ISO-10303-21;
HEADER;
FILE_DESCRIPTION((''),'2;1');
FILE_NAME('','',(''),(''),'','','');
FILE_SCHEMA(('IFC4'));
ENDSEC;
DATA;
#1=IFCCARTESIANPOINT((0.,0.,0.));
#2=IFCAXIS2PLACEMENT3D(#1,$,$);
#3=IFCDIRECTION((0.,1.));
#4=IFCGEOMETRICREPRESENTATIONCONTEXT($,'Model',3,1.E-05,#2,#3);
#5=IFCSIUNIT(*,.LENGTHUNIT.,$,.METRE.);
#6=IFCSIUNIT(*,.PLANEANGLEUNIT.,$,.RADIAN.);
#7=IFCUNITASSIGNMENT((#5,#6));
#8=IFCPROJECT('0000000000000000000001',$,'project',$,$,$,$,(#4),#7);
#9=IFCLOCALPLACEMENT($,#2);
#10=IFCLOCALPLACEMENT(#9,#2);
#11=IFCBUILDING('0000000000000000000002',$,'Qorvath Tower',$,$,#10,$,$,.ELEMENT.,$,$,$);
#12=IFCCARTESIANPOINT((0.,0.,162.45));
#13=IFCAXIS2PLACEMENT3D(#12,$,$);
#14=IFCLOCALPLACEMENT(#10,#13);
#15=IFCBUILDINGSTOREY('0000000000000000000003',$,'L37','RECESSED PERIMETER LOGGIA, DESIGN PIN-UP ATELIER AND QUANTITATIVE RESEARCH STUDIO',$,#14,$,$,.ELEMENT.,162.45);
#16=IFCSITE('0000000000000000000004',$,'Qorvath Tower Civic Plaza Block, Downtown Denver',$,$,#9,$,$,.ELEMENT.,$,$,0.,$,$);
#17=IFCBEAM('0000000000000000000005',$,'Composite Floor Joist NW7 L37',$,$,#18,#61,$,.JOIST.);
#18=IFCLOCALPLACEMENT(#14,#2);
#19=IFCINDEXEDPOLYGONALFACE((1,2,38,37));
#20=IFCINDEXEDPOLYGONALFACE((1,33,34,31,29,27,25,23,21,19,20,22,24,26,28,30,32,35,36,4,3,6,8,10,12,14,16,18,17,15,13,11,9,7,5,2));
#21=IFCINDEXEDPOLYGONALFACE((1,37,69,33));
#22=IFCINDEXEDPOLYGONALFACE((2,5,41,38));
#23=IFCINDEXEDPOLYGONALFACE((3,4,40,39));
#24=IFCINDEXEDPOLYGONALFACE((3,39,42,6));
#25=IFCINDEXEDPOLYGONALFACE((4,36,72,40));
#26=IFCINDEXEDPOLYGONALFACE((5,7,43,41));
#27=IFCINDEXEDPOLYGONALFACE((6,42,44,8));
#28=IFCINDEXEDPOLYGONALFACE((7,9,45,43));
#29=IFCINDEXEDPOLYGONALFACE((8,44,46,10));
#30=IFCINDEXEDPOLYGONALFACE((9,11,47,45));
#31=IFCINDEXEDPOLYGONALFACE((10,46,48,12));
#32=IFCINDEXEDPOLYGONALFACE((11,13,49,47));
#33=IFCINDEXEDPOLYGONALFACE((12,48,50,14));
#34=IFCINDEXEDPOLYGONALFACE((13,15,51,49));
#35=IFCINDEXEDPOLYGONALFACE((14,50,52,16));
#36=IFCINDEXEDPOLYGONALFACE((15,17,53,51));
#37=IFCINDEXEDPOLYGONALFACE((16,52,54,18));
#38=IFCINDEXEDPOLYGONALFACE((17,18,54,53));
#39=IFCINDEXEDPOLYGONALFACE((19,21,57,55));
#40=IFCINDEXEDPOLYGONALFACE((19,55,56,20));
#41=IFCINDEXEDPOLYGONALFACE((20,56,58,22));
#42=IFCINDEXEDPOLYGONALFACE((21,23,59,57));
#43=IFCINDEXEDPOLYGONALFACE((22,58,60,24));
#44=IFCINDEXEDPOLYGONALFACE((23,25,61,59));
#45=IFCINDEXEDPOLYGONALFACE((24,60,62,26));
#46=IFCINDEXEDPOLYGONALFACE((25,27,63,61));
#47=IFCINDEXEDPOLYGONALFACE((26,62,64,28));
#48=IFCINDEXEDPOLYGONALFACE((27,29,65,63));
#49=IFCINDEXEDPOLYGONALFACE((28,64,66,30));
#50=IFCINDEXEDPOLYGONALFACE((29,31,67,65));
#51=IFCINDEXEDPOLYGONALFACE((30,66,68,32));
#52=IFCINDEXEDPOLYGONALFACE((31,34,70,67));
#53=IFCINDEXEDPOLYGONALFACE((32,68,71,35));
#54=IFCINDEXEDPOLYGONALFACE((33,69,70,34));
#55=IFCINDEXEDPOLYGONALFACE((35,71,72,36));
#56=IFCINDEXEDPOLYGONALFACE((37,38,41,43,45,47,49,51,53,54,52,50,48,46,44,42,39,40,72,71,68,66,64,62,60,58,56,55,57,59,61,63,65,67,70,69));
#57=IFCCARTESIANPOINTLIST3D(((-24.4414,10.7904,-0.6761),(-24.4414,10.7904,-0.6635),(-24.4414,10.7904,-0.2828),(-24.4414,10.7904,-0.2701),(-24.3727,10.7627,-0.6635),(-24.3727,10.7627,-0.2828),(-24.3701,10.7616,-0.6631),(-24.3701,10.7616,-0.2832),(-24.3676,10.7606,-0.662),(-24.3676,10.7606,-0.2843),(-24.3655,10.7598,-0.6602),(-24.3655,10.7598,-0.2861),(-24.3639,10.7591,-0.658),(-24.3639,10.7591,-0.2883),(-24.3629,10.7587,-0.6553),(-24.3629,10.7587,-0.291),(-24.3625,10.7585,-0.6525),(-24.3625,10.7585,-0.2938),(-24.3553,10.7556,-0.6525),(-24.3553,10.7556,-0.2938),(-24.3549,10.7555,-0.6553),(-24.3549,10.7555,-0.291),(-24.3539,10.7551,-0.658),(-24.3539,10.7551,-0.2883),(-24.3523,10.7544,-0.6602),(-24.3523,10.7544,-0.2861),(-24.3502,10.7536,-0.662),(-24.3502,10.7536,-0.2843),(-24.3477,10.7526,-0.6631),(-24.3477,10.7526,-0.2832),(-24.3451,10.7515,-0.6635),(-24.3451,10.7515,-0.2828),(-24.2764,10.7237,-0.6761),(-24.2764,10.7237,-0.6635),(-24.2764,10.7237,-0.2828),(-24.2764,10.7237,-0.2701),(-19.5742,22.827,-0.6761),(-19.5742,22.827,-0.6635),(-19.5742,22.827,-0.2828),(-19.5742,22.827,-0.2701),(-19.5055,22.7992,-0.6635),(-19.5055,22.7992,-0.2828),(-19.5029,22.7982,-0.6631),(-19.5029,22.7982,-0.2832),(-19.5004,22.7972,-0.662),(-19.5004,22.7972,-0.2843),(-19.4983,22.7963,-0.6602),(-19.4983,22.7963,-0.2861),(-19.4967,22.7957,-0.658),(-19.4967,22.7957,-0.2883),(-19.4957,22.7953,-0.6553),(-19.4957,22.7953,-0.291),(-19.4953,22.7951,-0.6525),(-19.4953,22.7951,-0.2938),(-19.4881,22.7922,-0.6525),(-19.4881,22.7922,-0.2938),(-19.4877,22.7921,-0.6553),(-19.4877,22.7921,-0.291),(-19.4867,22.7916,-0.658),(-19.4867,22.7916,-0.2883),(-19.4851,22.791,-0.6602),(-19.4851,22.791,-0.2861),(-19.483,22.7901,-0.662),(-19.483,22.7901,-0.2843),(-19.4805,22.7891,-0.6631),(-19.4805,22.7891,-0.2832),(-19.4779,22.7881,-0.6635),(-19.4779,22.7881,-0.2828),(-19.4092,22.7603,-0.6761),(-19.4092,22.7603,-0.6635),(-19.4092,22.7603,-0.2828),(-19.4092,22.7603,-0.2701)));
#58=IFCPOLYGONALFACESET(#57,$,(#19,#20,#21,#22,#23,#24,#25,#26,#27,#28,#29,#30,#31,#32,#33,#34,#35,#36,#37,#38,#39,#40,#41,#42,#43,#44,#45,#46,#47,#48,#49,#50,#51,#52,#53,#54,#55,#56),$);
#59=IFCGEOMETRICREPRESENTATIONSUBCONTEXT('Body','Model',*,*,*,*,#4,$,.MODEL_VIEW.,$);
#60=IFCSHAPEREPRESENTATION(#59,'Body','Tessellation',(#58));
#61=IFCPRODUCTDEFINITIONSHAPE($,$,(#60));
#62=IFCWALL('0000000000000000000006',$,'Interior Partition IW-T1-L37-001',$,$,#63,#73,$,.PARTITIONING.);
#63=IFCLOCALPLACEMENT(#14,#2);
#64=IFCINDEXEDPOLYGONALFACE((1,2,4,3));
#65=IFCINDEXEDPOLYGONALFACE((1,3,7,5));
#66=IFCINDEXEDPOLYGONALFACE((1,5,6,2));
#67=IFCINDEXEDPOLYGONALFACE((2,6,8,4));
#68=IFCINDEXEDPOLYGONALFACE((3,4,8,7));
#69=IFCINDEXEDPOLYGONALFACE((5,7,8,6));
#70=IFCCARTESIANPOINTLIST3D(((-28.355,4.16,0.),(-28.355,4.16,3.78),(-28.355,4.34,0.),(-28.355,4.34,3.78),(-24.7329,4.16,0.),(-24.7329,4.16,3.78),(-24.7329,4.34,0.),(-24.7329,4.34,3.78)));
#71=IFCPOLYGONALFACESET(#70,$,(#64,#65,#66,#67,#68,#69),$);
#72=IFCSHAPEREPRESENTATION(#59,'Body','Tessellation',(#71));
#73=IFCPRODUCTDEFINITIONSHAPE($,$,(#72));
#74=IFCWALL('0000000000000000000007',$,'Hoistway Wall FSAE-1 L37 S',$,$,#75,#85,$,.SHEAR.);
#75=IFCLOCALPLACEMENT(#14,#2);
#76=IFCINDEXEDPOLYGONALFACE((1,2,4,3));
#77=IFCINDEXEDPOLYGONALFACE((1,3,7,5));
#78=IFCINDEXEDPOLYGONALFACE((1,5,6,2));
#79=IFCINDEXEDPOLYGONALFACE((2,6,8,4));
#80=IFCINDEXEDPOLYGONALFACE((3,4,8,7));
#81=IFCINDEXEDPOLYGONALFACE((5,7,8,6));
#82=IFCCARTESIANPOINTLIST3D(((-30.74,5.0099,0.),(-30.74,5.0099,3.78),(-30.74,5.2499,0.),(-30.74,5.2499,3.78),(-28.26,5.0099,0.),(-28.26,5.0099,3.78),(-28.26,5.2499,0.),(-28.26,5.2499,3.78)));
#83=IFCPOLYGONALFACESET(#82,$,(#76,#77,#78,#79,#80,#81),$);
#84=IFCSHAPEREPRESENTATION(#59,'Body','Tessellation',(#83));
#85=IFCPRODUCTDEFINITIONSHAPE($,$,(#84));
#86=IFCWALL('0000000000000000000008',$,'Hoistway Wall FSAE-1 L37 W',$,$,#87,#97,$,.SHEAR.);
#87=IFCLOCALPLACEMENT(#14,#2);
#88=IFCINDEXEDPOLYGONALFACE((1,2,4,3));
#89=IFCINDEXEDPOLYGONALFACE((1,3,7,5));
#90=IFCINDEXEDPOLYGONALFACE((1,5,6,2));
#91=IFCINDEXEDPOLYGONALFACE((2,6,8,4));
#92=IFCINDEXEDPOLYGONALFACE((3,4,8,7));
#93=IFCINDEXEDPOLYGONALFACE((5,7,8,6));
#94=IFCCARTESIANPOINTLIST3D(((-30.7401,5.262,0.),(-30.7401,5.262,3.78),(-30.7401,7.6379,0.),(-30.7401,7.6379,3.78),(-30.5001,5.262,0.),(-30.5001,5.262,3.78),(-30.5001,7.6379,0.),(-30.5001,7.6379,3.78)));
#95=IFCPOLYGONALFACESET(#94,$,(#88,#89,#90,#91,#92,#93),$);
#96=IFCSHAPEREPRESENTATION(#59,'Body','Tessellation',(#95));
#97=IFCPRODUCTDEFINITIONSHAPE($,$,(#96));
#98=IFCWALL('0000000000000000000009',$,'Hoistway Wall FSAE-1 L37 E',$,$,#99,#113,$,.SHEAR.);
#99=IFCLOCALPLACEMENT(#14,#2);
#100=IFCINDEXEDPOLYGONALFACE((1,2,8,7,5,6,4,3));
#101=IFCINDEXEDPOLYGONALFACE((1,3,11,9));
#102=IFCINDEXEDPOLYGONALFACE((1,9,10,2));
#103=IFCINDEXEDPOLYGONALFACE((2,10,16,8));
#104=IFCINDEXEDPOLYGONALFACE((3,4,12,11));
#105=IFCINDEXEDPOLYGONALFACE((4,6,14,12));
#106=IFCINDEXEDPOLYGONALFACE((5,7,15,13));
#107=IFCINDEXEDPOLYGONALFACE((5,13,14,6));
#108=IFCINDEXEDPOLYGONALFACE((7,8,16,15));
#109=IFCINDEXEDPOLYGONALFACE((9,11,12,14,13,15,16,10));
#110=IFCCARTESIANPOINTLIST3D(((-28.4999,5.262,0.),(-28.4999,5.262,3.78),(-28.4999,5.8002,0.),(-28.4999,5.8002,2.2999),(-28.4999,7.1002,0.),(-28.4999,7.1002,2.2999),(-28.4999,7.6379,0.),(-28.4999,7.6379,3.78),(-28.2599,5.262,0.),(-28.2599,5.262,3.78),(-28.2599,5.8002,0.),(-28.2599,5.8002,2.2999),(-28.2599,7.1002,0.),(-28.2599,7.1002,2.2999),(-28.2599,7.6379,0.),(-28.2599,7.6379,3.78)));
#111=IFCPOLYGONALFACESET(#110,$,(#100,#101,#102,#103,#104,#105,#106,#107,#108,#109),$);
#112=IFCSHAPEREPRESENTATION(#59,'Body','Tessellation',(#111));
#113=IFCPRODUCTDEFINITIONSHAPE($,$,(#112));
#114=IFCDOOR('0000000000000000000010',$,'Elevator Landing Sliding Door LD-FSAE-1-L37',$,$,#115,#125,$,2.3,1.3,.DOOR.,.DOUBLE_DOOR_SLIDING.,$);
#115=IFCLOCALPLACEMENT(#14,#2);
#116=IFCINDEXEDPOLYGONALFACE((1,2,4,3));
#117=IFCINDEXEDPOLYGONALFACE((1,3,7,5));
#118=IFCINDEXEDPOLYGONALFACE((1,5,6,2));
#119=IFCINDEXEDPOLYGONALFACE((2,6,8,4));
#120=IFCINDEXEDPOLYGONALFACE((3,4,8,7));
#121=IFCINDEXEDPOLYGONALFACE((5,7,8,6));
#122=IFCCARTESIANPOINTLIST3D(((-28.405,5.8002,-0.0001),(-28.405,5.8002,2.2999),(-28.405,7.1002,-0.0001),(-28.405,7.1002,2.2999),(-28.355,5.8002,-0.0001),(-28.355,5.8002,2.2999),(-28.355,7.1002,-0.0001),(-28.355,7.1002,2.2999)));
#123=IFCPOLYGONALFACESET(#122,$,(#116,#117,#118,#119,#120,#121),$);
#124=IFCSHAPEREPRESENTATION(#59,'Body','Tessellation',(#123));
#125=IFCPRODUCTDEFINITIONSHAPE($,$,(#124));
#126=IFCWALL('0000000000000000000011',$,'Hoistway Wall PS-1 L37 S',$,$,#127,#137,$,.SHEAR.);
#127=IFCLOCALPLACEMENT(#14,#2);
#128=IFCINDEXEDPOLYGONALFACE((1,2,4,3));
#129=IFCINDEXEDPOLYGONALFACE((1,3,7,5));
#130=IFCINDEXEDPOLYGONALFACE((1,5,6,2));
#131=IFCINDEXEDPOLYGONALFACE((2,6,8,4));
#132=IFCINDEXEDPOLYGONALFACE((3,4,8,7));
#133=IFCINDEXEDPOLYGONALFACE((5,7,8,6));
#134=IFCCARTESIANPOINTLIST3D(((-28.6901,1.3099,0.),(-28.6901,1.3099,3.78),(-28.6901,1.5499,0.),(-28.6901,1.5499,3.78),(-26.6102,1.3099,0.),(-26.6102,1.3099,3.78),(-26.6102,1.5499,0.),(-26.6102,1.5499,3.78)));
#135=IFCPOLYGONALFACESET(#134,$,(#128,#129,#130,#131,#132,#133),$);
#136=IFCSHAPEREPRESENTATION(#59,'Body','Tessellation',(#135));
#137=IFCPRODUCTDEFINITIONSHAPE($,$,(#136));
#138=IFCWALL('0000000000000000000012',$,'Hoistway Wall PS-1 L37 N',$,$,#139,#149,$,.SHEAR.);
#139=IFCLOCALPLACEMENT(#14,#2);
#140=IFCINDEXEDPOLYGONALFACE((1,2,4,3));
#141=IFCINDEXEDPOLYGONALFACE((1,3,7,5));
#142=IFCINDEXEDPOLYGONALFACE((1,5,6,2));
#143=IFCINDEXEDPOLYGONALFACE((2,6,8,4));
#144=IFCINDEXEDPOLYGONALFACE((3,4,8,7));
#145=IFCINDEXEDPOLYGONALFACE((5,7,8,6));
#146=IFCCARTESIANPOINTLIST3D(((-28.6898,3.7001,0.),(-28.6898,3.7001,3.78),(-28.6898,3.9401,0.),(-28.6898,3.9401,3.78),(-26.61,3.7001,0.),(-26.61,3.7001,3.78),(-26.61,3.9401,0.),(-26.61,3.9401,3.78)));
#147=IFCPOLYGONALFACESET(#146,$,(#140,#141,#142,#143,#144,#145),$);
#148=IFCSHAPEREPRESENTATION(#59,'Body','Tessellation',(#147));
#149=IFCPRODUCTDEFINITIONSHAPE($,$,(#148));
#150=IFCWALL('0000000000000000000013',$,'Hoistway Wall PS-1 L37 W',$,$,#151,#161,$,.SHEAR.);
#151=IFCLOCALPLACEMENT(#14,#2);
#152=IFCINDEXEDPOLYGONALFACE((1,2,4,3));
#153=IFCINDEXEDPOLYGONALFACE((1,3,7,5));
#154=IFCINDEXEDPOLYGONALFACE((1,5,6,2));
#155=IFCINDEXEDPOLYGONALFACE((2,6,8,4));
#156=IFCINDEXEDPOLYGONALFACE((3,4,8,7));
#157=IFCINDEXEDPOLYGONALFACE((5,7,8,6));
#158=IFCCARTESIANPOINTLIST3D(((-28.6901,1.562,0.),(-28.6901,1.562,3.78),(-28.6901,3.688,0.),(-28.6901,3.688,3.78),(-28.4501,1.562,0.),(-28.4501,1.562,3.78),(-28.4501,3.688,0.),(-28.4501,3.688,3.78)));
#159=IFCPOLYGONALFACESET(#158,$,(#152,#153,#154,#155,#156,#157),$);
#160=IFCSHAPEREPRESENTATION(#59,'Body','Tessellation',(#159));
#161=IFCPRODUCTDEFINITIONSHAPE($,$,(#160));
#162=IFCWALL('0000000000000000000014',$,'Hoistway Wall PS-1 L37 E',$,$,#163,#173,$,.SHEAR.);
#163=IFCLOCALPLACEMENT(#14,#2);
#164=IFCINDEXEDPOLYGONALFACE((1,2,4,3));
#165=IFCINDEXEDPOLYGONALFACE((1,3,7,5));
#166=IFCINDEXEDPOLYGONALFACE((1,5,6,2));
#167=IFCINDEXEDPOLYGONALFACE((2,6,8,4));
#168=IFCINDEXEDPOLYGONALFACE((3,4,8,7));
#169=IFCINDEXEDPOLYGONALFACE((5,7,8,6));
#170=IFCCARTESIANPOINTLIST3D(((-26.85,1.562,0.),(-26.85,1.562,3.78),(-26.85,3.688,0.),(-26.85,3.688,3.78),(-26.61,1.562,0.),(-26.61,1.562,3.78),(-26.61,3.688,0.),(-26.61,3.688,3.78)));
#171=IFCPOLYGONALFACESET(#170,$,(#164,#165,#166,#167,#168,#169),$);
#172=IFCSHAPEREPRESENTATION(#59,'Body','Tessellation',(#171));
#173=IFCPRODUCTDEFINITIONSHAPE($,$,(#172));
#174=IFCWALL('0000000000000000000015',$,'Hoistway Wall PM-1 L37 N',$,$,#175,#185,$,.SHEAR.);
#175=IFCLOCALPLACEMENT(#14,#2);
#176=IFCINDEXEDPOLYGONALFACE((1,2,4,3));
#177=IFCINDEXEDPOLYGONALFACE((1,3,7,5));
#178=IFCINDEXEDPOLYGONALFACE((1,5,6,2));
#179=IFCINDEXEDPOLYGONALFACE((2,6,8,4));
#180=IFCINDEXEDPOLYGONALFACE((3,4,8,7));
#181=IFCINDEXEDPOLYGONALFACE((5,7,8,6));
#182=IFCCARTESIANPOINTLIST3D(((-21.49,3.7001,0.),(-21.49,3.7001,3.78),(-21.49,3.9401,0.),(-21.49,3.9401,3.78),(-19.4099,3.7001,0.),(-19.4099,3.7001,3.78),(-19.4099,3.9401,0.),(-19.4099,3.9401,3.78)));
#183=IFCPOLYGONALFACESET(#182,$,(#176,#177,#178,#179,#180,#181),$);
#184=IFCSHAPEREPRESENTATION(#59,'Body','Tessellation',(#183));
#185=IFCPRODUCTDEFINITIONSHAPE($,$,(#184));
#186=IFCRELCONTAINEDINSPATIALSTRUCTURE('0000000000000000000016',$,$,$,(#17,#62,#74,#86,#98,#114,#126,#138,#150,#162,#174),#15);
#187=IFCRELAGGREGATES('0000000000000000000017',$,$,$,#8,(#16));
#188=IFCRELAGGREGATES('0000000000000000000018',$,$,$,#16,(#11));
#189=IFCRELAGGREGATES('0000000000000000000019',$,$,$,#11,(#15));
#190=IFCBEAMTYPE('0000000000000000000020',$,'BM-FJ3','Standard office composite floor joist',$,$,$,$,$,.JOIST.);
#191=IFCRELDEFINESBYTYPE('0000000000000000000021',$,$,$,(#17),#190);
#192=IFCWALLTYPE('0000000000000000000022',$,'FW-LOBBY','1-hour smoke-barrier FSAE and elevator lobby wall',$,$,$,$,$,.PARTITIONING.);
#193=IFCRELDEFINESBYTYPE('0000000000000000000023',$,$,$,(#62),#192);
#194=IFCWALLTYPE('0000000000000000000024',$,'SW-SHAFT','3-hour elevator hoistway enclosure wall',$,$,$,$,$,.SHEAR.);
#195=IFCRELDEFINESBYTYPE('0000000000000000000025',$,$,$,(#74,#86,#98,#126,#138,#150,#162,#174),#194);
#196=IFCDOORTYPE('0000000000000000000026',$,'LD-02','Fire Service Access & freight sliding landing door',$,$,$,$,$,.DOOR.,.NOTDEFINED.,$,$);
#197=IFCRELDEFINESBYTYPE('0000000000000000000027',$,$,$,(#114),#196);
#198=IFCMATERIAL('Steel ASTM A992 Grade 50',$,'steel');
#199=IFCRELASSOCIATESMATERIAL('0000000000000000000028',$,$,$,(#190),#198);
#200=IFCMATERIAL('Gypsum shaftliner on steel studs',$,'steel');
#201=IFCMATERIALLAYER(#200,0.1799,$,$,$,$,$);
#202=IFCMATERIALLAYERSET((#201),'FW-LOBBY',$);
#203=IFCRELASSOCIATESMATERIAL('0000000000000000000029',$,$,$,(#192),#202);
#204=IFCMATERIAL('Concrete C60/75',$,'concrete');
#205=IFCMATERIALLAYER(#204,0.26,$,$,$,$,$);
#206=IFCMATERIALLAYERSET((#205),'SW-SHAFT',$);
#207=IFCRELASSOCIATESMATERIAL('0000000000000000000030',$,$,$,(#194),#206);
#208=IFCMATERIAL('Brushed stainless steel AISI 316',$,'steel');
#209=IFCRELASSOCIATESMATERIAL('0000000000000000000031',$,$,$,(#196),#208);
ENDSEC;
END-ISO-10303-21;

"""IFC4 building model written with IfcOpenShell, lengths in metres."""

from ifc_helpers import new_model, si_unit, direction, frame, frame_2d, origin, origin_2d, place, context, subcontext, project, spatial, rectangle, i_section, extrude, material, layer, layer_set, material_profile, profile_set, type_object, element, fill, save


model = new_model("IFC4")

# Units and contexts
model_context = context("Model", 3, precision=1e-05, world=origin(), true_north=direction((0.0, 1.0)))
body_context = subcontext(model_context, "Body", "Model", "MODEL_VIEW")
ifc_project = project(units=[si_unit("LENGTHUNIT", "METRE"), si_unit("PLANEANGLEUNIT", "RADIAN")], contexts=[model_context])

# Site, building, storey
site_placement = place(None, origin())
site = spatial("IfcSite", under=ifc_project, at=site_placement, Name="Qorvath Tower Civic Plaza Block, Downtown Denver", CompositionType="ELEMENT", RefElevation=0.0)
building_placement = place(site_placement, origin())
building = spatial("IfcBuilding", under=site, at=building_placement, Name="Qorvath Tower", CompositionType="ELEMENT")
storey_placement = place(building_placement, frame((0.0, 0.0, 162.45)))
storey = spatial("IfcBuildingStorey", under=building, at=storey_placement, Name="L37", Description="RECESSED PERIMETER LOGGIA, DESIGN PIN-UP ATELIER AND QUANTITATIVE RESEARCH STUDIO", CompositionType="ELEMENT", Elevation=162.45)

# Beam
ifc_material_1 = material(Name="Steel ASTM A992 Grade 50", Category="steel")
ifc_material_profile_1 = material_profile(ifc_material_1, i_section(OverallWidth=0.178, OverallDepth=0.406, WebThickness=0.0078, FlangeThickness=0.0127, FilletRadius=0.011, at=origin_2d()), Name="W16x40")
ifc_profile_set_1 = profile_set([ifc_material_profile_1], Name="Steel ASTM A992 Grade 50")
beam_type_1 = type_object("IfcBeamType", Name="BM-FJ3", Description="Standard office composite floor joist", PredefinedType="JOIST", material=ifc_profile_set_1)
beam_1_placement = place(storey_placement, frame((-24.3589, 10.7571, -0.4731), z_axis=(0.374877, 0.927075, 0.0), x_axis=(-0.927075, 0.374877, 0.0)))
element("IfcBeam", 1, at=beam_1_placement, inside=storey, type_object=beam_type_1, Name="Composite Floor Joist NW7 L37", PredefinedType="JOIST", context=body_context, shape_type="SweptSolid", body=[
    extrude(i_section(OverallWidth=0.178, OverallDepth=0.406, WebThickness=0.0078, FlangeThickness=0.0127, FilletRadius=0.011, at=origin_2d()), origin(), (0.0, 0.0, 1.0), 12.9834),
])

# Wall
ifc_material_2 = material(Name="Gypsum shaftliner on steel studs", Category="steel")
ifc_layer_1 = layer(ifc_material_2, 0.1799)
ifc_layer_set_1 = layer_set([ifc_layer_1], Name="FW-LOBBY")
wall_type_1 = type_object("IfcWallType", Name="FW-LOBBY", Description="1-hour smoke-barrier FSAE and elevator lobby wall", PredefinedType="PARTITIONING", material=ifc_layer_set_1)
wall_1_placement = place(storey_placement, frame((-28.355, 4.25, 0.0), z_axis=(0.0, 0.0, 1.0), x_axis=(1.0, 0.0, 0.0)))
element("IfcWall", 2, at=wall_1_placement, inside=storey, type_object=wall_type_1, Name="Interior Partition IW-T1-L37-001", PredefinedType="PARTITIONING", context=body_context, shape_type="SweptSolid", body=[
    extrude(rectangle(XDim=3.6221, YDim=0.1799, at=frame_2d((1.811, 0.0))), origin(), (0.0, 0.0, 1.0), 3.78),
])

# Walls
ifc_material_3 = material(Name="Concrete C60/75", Category="concrete")
ifc_layer_2 = layer(ifc_material_3, 0.26)
ifc_layer_set_2 = layer_set([ifc_layer_2], Name="SW-SHAFT")
wall_type_2 = type_object("IfcWallType", Name="SW-SHAFT", Description="3-hour elevator hoistway enclosure wall", PredefinedType="SHEAR", material=ifc_layer_set_2)
wall_2_placement = place(storey_placement, frame((-28.26, 5.1299, 0.0), z_axis=(0.0, 0.0, 1.0), x_axis=(-1.0, 0.0, 0.0)))
element("IfcWall", 3, at=wall_2_placement, inside=storey, type_object=wall_type_2, Name="Hoistway Wall FSAE-1 L37 S", PredefinedType="SHEAR", context=body_context, shape_type="SweptSolid", body=[
    extrude(rectangle(XDim=2.48, YDim=0.24, at=frame_2d((1.24, 0.0))), origin(), (0.0, 0.0, 1.0), 3.78),
])
wall_3_placement = place(storey_placement, frame((-30.6201, 5.262, 0.0), z_axis=(0.0, 0.0, 1.0), x_axis=(0.0, 1.0, 0.0)))
element("IfcWall", 4, at=wall_3_placement, inside=storey, type_object=wall_type_2, Name="Hoistway Wall FSAE-1 L37 W", PredefinedType="SHEAR", context=body_context, shape_type="SweptSolid", body=[
    extrude(rectangle(XDim=2.376, YDim=0.24, at=frame_2d((1.188, 0.0))), origin(), (0.0, 0.0, 1.0), 3.78),
])

# Wall, opening, door
wall_4_placement = place(storey_placement, frame((-28.3799, 7.6379, 0.0), z_axis=(0.0, 0.0, 1.0), x_axis=(0.0, -1.0, 0.0)))
wall_4 = element("IfcWall", 5, at=wall_4_placement, inside=storey, type_object=wall_type_2, Name="Hoistway Wall FSAE-1 L37 E", PredefinedType="SHEAR", context=body_context, shape_type="SweptSolid", body=[
    extrude(rectangle(XDim=2.376, YDim=0.24, at=frame_2d((1.188, 0.0))), origin(), (0.0, 0.0, 1.0), 3.78),
])
opening_1_placement = place(wall_4_placement, frame((0.5378, 0.0, 0.0)))
opening_1 = element("IfcOpeningElement", 6, at=opening_1_placement, cuts=wall_4, PredefinedType="OPENING", context=body_context, shape_type="SweptSolid", body=[
    extrude(rectangle(XDim=1.3, YDim=2.3, at=frame_2d((0.6499, 1.1499))), frame((0.0, 0.1299, 0.0), z_axis=(0.0, -1.0, 0.0), x_axis=(1.0, 0.0, 0.0)), (0.0, 0.0, 1.0), 0.26),
])
ifc_material_4 = material(Name="Brushed stainless steel AISI 316", Category="steel")
door_type_1 = type_object("IfcDoorType", Name="LD-02", Description="Fire Service Access & freight sliding landing door", OperationType="NOTDEFINED", PredefinedType="DOOR", material=ifc_material_4)
door_1_placement = place(opening_1_placement, origin())
door_1 = element("IfcDoor", 7, at=door_1_placement, inside=storey, type_object=door_type_1, Name="Elevator Landing Sliding Door LD-FSAE-1-L37", OperationType="DOUBLE_DOOR_SLIDING", OverallHeight=2.3, OverallWidth=1.3, PredefinedType="DOOR", context=body_context, shape_type="SweptSolid", body=[
    extrude(rectangle(XDim=1.3, YDim=2.3, at=frame_2d((0.6499, 1.1499))), frame((0.0, 0.0249, 0.0), z_axis=(0.0, -1.0, 0.0), x_axis=(1.0, 0.0, 0.0)), (0.0, 0.0, 1.0), 0.05),
])
fill(opening_1, door_1)

# Walls
for number, where, z_axis, x_axis, name in (
    (8, (-26.6101, 1.4299, 0.0), (0.0, 0.0, 1.0), (-1.0, 0.0, 0.0), "Hoistway Wall PS-1 L37 S"),
    (9, (-28.6899, 3.8201, 0.0), (0.0, 0.0, 1.0), (1.0, 0.0, 0.0), "Hoistway Wall PS-1 L37 N"),
):
    element("IfcWall", number, at=place(storey_placement, frame(where, z_axis=z_axis, x_axis=x_axis)), inside=storey, type_object=wall_type_2, Name=name, PredefinedType="SHEAR", context=body_context, shape_type="SweptSolid", body=[
        extrude(rectangle(XDim=2.0798, YDim=0.24, at=frame_2d((1.04, 0.0))), origin(), (0.0, 0.0, 1.0), 3.78),
    ])
for number, where, z_axis, x_axis, name in (
    (10, (-28.5701, 1.562, 0.0), (0.0, 0.0, 1.0), (0.0, 1.0, 0.0), "Hoistway Wall PS-1 L37 W"),
    (11, (-26.73, 3.688, 0.0), (0.0, 0.0, 1.0), (0.0, -1.0, 0.0), "Hoistway Wall PS-1 L37 E"),
):
    element("IfcWall", number, at=place(storey_placement, frame(where, z_axis=z_axis, x_axis=x_axis)), inside=storey, type_object=wall_type_2, Name=name, PredefinedType="SHEAR", context=body_context, shape_type="SweptSolid", body=[
        extrude(rectangle(XDim=2.126, YDim=0.24, at=frame_2d((1.063, 0.0))), origin(), (0.0, 0.0, 1.0), 3.78),
    ])
wall_5_placement = place(storey_placement, frame((-21.49, 3.8201, 0.0), z_axis=(0.0, 0.0, 1.0), x_axis=(1.0, 0.0, 0.0)))
element("IfcWall", 12, at=wall_5_placement, inside=storey, type_object=wall_type_2, Name="Hoistway Wall PM-1 L37 N", PredefinedType="SHEAR", context=body_context, shape_type="SweptSolid", body=[
    extrude(rectangle(XDim=2.0801, YDim=0.24, at=frame_2d((1.04, 0.0))), origin(), (0.0, 0.0, 1.0), 3.78),
])

save(model, "model.ifc")
